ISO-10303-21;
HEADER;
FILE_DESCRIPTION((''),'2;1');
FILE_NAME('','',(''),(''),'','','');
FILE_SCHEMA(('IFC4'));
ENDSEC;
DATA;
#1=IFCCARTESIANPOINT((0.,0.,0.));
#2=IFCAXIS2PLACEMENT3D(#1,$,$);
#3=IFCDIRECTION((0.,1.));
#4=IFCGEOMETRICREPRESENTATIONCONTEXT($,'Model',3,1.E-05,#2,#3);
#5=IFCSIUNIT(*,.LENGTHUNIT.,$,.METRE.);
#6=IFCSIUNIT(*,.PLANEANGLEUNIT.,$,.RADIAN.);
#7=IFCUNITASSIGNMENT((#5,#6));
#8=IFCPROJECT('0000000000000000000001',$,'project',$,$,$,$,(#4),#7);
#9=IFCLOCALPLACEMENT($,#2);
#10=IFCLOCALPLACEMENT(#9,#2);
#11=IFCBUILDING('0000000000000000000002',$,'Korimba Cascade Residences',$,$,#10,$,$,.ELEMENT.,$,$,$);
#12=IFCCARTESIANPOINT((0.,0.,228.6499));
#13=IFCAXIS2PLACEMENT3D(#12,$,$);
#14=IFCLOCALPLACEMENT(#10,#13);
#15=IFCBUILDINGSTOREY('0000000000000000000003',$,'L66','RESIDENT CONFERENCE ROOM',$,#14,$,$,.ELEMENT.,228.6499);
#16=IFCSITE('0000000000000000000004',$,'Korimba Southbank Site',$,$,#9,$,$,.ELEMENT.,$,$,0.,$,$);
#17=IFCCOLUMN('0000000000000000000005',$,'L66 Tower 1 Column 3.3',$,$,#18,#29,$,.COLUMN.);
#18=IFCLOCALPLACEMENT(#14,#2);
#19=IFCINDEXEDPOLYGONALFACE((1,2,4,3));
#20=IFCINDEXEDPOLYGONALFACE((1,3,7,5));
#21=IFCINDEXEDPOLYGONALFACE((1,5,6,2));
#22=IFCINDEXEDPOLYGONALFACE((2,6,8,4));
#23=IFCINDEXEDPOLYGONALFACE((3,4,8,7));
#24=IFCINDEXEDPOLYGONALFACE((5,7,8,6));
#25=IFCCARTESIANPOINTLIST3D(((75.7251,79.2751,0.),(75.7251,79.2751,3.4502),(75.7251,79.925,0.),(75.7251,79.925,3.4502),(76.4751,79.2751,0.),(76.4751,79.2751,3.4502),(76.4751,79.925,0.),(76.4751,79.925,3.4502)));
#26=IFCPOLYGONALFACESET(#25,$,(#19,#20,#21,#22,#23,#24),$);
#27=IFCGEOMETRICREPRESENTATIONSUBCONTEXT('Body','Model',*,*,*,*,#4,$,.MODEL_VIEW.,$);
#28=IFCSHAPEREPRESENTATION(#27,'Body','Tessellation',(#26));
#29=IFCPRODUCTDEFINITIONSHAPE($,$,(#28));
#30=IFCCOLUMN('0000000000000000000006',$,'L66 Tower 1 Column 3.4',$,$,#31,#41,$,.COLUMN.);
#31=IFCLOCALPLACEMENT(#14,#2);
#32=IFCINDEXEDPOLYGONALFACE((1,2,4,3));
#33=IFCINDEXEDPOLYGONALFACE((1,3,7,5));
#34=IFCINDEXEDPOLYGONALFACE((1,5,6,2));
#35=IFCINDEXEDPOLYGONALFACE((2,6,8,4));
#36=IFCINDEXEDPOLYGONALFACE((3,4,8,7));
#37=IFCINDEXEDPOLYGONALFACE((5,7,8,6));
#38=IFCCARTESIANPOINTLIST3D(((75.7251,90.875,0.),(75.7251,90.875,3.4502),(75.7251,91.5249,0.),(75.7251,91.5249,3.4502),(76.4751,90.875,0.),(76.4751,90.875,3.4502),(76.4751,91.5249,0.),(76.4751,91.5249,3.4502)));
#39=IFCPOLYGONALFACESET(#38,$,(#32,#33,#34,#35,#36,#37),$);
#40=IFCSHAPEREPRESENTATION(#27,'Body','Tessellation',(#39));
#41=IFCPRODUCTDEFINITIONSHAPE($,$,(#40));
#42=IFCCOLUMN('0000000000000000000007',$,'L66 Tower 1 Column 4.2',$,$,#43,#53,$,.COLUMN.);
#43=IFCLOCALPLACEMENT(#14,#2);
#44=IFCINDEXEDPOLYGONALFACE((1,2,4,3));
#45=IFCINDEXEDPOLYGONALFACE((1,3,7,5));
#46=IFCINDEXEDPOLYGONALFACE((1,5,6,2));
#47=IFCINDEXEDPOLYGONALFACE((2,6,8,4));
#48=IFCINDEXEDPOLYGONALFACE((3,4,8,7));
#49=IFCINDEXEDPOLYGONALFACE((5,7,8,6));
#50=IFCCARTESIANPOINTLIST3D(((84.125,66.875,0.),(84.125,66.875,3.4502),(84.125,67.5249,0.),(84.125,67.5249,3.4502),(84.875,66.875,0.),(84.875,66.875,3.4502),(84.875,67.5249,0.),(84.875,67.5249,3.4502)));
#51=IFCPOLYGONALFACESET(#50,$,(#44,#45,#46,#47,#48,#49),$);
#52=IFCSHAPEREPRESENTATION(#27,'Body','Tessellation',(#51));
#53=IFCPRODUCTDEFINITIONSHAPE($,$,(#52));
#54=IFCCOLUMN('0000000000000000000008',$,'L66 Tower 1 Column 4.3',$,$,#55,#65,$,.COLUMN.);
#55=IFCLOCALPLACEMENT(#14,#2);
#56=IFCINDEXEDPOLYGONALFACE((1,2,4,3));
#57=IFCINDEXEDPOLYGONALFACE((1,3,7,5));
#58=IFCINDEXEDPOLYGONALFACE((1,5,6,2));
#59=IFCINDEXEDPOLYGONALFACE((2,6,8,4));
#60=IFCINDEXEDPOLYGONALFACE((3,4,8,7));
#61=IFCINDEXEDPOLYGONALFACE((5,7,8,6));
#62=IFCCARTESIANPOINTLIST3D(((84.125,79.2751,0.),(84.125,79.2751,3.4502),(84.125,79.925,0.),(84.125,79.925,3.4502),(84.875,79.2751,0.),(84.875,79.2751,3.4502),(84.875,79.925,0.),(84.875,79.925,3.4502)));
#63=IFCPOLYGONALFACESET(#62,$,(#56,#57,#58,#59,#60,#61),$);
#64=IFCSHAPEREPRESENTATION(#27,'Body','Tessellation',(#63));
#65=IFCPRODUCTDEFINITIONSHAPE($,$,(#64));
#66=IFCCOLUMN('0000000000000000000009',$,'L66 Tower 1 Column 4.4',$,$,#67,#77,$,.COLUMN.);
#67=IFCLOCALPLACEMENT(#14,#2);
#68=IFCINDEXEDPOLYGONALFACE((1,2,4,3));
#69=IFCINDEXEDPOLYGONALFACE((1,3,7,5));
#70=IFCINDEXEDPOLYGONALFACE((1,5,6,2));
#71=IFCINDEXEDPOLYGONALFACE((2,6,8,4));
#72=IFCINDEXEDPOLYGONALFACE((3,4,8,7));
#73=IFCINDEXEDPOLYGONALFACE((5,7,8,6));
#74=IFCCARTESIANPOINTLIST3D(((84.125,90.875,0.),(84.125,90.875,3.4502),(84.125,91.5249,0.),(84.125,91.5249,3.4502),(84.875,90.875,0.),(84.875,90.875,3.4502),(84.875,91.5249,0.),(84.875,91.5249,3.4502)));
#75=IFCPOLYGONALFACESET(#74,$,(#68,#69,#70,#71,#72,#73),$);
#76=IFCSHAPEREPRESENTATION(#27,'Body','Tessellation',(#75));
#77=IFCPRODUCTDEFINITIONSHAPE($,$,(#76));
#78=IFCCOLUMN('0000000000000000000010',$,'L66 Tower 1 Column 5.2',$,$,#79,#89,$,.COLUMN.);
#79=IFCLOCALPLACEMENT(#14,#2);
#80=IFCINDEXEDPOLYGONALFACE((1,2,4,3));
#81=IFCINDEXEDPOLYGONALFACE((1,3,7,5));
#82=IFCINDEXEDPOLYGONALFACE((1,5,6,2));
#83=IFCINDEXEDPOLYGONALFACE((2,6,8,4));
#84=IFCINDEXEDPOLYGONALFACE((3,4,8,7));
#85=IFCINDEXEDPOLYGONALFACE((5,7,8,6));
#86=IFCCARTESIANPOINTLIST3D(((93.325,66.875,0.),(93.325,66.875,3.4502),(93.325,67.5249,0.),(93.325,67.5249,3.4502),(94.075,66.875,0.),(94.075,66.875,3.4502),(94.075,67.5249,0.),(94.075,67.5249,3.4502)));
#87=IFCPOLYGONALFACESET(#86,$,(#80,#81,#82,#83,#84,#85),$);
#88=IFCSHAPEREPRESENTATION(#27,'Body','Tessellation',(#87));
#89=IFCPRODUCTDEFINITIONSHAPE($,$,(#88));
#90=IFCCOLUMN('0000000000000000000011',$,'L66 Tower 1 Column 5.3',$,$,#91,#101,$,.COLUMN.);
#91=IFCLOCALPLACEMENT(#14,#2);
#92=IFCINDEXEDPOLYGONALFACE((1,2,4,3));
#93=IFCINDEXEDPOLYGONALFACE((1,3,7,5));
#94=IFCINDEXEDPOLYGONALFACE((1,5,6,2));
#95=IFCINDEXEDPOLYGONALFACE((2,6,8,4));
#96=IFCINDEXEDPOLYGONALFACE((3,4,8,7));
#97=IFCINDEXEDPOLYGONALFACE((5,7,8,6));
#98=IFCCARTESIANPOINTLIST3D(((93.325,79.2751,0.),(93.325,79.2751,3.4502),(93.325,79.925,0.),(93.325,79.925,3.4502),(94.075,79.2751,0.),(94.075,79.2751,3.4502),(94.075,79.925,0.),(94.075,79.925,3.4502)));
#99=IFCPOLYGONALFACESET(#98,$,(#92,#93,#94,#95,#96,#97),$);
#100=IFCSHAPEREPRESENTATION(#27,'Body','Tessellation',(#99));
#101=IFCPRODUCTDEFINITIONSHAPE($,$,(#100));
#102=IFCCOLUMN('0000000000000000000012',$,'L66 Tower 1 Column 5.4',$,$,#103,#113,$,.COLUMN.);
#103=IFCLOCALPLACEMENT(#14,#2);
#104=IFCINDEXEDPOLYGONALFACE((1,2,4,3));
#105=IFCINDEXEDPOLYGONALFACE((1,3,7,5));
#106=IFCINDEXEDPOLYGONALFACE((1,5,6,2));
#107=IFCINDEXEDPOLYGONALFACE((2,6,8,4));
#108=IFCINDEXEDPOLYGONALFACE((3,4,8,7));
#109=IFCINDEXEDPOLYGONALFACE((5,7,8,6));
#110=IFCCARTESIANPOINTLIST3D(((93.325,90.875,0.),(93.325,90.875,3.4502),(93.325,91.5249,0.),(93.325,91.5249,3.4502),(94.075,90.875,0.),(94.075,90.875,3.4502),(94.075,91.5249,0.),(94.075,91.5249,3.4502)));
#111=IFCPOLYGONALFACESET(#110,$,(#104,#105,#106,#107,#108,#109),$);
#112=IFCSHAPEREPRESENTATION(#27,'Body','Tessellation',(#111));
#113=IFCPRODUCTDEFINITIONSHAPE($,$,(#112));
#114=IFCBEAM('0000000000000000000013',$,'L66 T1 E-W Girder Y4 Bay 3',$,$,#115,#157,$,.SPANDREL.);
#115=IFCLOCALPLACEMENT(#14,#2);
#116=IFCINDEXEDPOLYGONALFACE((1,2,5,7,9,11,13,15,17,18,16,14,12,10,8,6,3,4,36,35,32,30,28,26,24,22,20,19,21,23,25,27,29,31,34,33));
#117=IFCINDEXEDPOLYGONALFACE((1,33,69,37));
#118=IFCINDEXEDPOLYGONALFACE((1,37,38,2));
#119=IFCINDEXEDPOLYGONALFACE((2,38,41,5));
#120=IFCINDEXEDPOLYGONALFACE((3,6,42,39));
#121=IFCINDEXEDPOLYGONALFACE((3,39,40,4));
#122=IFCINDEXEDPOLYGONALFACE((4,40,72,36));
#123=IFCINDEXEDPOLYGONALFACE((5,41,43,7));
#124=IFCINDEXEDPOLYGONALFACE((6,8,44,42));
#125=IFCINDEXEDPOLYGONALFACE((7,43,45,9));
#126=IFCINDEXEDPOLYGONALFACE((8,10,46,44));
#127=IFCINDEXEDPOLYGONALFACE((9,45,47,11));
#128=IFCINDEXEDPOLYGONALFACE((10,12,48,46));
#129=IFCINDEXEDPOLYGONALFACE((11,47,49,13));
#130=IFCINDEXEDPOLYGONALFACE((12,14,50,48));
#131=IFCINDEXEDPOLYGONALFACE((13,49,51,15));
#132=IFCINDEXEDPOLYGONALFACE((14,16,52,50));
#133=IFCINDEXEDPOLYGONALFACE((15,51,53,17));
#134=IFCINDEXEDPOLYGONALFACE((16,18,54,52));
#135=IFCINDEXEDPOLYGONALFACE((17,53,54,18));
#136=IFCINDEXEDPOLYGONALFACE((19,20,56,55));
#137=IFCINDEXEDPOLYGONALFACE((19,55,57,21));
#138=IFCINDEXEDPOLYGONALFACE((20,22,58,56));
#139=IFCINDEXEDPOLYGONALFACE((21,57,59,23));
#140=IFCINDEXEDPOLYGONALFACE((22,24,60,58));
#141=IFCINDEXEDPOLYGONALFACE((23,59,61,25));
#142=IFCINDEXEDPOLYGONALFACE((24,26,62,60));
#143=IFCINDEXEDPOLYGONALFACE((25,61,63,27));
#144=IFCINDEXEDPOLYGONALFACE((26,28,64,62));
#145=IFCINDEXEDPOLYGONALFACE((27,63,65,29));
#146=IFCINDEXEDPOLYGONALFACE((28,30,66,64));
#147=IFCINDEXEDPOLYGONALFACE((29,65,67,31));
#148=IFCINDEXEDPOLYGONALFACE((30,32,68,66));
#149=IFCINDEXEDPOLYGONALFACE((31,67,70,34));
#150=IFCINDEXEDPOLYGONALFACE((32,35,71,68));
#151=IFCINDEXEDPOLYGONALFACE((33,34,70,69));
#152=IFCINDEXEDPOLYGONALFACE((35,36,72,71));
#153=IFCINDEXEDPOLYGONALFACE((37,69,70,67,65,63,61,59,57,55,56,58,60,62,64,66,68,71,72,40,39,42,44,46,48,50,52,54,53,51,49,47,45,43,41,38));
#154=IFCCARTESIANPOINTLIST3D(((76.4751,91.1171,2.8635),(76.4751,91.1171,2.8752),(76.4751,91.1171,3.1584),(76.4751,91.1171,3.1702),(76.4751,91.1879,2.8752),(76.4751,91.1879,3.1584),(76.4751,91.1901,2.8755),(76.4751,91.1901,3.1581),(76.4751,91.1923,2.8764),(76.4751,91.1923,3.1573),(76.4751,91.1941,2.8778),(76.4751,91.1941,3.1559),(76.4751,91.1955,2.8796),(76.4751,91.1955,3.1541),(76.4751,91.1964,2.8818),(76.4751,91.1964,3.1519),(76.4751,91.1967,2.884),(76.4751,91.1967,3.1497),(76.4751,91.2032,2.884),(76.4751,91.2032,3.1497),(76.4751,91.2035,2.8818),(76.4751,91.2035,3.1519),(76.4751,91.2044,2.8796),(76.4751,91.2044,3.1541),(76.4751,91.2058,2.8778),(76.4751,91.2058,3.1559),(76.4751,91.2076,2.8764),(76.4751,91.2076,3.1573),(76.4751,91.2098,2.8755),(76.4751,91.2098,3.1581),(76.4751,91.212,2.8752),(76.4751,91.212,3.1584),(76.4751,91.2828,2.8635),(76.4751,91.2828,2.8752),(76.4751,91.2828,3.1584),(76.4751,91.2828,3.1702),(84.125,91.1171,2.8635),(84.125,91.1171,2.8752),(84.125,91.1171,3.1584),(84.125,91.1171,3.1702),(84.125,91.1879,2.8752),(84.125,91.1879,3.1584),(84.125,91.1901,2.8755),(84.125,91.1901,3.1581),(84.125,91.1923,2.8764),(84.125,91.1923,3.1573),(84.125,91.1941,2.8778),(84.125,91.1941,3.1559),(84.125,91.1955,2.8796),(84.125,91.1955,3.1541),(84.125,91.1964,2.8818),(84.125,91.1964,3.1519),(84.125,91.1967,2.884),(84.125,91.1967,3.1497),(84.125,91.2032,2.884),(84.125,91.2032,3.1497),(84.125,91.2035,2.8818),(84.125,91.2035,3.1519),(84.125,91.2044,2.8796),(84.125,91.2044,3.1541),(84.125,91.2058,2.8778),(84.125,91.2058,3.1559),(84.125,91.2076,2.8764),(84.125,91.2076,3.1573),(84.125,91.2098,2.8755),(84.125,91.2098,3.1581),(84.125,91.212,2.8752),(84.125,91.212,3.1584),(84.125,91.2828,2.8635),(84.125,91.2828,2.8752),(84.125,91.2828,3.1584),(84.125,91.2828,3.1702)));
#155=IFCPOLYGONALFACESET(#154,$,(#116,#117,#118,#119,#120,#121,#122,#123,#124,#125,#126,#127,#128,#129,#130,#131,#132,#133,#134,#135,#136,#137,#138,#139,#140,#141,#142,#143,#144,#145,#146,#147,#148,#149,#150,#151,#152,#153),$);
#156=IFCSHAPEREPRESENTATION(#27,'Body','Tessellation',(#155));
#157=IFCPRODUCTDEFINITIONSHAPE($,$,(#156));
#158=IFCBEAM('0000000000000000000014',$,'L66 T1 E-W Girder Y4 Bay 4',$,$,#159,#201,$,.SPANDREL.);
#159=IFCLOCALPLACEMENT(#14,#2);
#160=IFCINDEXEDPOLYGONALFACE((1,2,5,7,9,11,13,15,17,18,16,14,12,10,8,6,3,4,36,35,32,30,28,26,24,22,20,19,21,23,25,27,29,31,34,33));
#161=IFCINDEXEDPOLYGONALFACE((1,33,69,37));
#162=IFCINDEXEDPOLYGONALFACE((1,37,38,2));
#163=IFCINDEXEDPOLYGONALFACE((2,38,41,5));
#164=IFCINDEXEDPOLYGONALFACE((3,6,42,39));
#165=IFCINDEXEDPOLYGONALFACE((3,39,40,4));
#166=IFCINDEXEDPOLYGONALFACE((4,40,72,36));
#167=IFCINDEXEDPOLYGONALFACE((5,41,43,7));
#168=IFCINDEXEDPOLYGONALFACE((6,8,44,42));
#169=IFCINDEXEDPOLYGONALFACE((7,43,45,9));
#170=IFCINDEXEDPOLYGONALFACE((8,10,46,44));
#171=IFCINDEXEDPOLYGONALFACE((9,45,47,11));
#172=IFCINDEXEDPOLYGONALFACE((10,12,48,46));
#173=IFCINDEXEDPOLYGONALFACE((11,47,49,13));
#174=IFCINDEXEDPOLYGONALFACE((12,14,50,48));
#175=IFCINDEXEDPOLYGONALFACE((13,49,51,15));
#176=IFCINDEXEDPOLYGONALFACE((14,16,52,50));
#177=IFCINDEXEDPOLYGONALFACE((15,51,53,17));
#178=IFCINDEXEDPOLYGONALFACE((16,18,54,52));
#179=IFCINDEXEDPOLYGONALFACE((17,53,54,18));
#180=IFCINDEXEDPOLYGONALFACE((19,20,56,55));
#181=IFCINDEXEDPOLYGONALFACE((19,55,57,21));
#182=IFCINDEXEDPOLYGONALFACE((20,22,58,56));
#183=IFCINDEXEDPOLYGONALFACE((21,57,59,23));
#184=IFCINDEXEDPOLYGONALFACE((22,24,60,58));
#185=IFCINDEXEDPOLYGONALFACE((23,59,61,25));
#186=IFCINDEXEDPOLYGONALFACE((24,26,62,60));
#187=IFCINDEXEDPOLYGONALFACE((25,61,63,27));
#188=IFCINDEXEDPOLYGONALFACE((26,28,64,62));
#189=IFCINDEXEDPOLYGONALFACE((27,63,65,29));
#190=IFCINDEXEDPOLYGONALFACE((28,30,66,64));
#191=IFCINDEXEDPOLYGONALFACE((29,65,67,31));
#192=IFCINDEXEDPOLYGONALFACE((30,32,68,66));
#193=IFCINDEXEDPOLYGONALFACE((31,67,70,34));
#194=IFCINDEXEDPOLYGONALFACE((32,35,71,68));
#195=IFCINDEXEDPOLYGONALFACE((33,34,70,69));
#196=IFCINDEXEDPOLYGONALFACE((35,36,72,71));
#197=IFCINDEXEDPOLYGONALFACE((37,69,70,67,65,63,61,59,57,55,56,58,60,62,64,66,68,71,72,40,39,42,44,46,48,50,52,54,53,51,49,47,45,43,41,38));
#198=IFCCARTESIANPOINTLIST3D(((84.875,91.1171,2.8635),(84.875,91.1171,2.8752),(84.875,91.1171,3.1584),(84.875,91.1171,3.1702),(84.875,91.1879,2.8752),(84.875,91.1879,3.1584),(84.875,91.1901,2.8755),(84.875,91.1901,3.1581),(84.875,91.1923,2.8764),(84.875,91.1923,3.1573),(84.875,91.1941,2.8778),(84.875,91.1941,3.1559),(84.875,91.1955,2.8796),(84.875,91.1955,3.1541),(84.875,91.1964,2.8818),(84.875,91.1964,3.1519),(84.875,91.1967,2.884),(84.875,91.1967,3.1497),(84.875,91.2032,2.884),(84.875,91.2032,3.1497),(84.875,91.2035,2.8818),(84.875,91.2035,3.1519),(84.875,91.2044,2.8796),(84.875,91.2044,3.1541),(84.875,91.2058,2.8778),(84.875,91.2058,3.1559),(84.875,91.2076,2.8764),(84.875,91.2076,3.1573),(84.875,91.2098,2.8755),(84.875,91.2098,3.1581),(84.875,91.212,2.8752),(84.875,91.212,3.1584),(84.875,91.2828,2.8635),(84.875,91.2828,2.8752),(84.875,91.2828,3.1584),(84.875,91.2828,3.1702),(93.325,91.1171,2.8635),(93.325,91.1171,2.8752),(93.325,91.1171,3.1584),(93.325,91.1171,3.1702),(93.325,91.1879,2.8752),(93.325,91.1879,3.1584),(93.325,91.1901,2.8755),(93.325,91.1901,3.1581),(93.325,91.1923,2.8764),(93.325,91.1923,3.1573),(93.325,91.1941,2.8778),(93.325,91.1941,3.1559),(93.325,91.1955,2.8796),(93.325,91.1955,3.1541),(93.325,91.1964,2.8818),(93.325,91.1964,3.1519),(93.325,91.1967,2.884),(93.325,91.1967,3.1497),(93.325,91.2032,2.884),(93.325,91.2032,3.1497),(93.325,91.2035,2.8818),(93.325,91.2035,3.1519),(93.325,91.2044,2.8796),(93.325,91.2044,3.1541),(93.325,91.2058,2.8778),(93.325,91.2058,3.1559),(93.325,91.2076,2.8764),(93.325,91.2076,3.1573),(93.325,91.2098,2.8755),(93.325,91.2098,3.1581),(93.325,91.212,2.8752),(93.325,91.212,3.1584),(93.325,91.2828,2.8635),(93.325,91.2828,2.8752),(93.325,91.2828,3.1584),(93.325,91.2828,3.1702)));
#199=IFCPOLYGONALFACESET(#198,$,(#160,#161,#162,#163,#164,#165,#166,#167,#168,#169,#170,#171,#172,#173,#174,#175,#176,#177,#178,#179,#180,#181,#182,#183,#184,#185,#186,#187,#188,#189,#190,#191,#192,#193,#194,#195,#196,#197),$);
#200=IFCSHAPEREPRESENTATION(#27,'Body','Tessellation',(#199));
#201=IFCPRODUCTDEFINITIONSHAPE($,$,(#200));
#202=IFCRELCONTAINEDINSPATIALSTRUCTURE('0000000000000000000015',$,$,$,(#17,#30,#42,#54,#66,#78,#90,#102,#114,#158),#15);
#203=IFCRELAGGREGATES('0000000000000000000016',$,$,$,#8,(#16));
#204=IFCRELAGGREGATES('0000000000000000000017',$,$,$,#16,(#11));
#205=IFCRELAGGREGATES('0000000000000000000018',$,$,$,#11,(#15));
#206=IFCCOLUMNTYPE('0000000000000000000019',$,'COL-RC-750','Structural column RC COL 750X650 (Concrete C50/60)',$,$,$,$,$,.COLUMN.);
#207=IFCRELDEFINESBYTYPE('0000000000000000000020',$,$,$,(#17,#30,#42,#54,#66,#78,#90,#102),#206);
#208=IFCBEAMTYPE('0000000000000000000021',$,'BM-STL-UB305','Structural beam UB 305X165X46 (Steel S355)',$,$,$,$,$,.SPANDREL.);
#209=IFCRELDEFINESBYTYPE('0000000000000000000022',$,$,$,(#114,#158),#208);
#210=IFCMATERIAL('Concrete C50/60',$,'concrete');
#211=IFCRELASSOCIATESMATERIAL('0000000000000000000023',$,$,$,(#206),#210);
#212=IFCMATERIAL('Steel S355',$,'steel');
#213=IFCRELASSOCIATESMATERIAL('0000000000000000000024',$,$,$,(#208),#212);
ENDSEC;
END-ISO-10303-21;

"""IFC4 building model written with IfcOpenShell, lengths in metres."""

from ifc_helpers import new_model, si_unit, direction, frame, origin, origin_2d, place, context, subcontext, project, spatial, rectangle, i_section, extrude, material, material_profile, profile_set, type_object, element, save


model = new_model("IFC4")

# Units and contexts
model_context = context("Model", 3, precision=1e-05, world=origin(), true_north=direction((0.0, 1.0)))
body_context = subcontext(model_context, "Body", "Model", "MODEL_VIEW")
ifc_project = project(units=[si_unit("LENGTHUNIT", "METRE"), si_unit("PLANEANGLEUNIT", "RADIAN")], contexts=[model_context])

# Site, building, storey
site_placement = place(None, origin())
site = spatial("IfcSite", under=ifc_project, at=site_placement, Name="Korimba Southbank Site", CompositionType="ELEMENT", RefElevation=0.0)
building_placement = place(site_placement, origin())
building = spatial("IfcBuilding", under=site, at=building_placement, Name="Korimba Cascade Residences", CompositionType="ELEMENT")
storey_placement = place(building_placement, frame((0.0, 0.0, 228.6499)))
storey = spatial("IfcBuildingStorey", under=building, at=storey_placement, Name="L66", Description="RESIDENT CONFERENCE ROOM", CompositionType="ELEMENT", Elevation=228.6499)

# Columns
ifc_material_1 = material(Name="Concrete C50/60", Category="concrete")
ifc_material_profile_1 = material_profile(ifc_material_1, rectangle(XDim=0.75, YDim=0.6499, at=origin_2d()), Name="Concrete C50/60")
ifc_profile_set_1 = profile_set([ifc_material_profile_1], Name="Concrete C50/60")
column_type = type_object("IfcColumnType", Name="COL-RC-750", Description="Structural column RC COL 750X650 (Concrete C50/60)", PredefinedType="COLUMN", material=ifc_profile_set_1)
for number, where, z_axis, x_axis, name in (
    (1, (76.1001, 79.6001, 0.0), (0.0, 0.0, 1.0), (1.0, 0.0, 0.0), "L66 Tower 1 Column 3.3"),
    (2, (76.1001, 91.2, 0.0), (0.0, 0.0, 1.0), (1.0, 0.0, 0.0), "L66 Tower 1 Column 3.4"),
    (3, (84.5, 67.2, 0.0), (0.0, 0.0, 1.0), (1.0, 0.0, 0.0), "L66 Tower 1 Column 4.2"),
    (4, (84.5, 79.6001, 0.0), (0.0, 0.0, 1.0), (1.0, 0.0, 0.0), "L66 Tower 1 Column 4.3"),
    (5, (84.5, 91.2, 0.0), (0.0, 0.0, 1.0), (1.0, 0.0, 0.0), "L66 Tower 1 Column 4.4"),
    (6, (93.7, 67.2, 0.0), (0.0, 0.0, 1.0), (1.0, 0.0, 0.0), "L66 Tower 1 Column 5.2"),
    (7, (93.7, 79.6001, 0.0), (0.0, 0.0, 1.0), (1.0, 0.0, 0.0), "L66 Tower 1 Column 5.3"),
    (8, (93.7, 91.2, 0.0), (0.0, 0.0, 1.0), (1.0, 0.0, 0.0), "L66 Tower 1 Column 5.4"),
):
    element("IfcColumn", number, at=place(storey_placement, frame(where, z_axis=z_axis, x_axis=x_axis)), inside=storey, type_object=column_type, Name=name, PredefinedType="COLUMN", context=body_context, shape_type="SweptSolid", body=[
        extrude(rectangle(XDim=0.75, YDim=0.6499, at=origin_2d()), origin(), (0.0, 0.0, 1.0), 3.4502),
    ])

# Beams
ifc_material_2 = material(Name="Steel S355", Category="steel")
ifc_material_profile_2 = material_profile(ifc_material_2, i_section(OverallWidth=0.1658, OverallDepth=0.3066, WebThickness=0.0066, FlangeThickness=0.0117, FilletRadius=0.0088, at=origin_2d()), Name="Steel S355")
ifc_profile_set_2 = profile_set([ifc_material_profile_2], Name="Steel S355")
beam_type_1 = type_object("IfcBeamType", Name="BM-STL-UB305", Description="Structural beam UB 305X165X46 (Steel S355)", PredefinedType="SPANDREL", material=ifc_profile_set_2)
beam_1_placement = place(storey_placement, frame((76.4751, 91.2, 3.0168), z_axis=(1.0, 0.0, 0.0), x_axis=(0.0, 1.0, 0.0)))
element("IfcBeam", 9, at=beam_1_placement, inside=storey, type_object=beam_type_1, Name="L66 T1 E-W Girder Y4 Bay 3", PredefinedType="SPANDREL", context=body_context, shape_type="SweptSolid", body=[
    extrude(i_section(OverallWidth=0.1658, OverallDepth=0.3066, WebThickness=0.0066, FlangeThickness=0.0117, FilletRadius=0.0088, at=origin_2d()), origin(), (0.0, 0.0, 1.0), 7.6499),
])
beam_2_placement = place(storey_placement, frame((84.875, 91.2, 3.0168), z_axis=(1.0, 0.0, 0.0), x_axis=(0.0, 1.0, 0.0)))
element("IfcBeam", 10, at=beam_2_placement, inside=storey, type_object=beam_type_1, Name="L66 T1 E-W Girder Y4 Bay 4", PredefinedType="SPANDREL", context=body_context, shape_type="SweptSolid", body=[
    extrude(i_section(OverallWidth=0.1658, OverallDepth=0.3066, WebThickness=0.0066, FlangeThickness=0.0117, FilletRadius=0.0088, at=origin_2d()), origin(), (0.0, 0.0, 1.0), 8.45),
])

save(model, "model.ifc")
